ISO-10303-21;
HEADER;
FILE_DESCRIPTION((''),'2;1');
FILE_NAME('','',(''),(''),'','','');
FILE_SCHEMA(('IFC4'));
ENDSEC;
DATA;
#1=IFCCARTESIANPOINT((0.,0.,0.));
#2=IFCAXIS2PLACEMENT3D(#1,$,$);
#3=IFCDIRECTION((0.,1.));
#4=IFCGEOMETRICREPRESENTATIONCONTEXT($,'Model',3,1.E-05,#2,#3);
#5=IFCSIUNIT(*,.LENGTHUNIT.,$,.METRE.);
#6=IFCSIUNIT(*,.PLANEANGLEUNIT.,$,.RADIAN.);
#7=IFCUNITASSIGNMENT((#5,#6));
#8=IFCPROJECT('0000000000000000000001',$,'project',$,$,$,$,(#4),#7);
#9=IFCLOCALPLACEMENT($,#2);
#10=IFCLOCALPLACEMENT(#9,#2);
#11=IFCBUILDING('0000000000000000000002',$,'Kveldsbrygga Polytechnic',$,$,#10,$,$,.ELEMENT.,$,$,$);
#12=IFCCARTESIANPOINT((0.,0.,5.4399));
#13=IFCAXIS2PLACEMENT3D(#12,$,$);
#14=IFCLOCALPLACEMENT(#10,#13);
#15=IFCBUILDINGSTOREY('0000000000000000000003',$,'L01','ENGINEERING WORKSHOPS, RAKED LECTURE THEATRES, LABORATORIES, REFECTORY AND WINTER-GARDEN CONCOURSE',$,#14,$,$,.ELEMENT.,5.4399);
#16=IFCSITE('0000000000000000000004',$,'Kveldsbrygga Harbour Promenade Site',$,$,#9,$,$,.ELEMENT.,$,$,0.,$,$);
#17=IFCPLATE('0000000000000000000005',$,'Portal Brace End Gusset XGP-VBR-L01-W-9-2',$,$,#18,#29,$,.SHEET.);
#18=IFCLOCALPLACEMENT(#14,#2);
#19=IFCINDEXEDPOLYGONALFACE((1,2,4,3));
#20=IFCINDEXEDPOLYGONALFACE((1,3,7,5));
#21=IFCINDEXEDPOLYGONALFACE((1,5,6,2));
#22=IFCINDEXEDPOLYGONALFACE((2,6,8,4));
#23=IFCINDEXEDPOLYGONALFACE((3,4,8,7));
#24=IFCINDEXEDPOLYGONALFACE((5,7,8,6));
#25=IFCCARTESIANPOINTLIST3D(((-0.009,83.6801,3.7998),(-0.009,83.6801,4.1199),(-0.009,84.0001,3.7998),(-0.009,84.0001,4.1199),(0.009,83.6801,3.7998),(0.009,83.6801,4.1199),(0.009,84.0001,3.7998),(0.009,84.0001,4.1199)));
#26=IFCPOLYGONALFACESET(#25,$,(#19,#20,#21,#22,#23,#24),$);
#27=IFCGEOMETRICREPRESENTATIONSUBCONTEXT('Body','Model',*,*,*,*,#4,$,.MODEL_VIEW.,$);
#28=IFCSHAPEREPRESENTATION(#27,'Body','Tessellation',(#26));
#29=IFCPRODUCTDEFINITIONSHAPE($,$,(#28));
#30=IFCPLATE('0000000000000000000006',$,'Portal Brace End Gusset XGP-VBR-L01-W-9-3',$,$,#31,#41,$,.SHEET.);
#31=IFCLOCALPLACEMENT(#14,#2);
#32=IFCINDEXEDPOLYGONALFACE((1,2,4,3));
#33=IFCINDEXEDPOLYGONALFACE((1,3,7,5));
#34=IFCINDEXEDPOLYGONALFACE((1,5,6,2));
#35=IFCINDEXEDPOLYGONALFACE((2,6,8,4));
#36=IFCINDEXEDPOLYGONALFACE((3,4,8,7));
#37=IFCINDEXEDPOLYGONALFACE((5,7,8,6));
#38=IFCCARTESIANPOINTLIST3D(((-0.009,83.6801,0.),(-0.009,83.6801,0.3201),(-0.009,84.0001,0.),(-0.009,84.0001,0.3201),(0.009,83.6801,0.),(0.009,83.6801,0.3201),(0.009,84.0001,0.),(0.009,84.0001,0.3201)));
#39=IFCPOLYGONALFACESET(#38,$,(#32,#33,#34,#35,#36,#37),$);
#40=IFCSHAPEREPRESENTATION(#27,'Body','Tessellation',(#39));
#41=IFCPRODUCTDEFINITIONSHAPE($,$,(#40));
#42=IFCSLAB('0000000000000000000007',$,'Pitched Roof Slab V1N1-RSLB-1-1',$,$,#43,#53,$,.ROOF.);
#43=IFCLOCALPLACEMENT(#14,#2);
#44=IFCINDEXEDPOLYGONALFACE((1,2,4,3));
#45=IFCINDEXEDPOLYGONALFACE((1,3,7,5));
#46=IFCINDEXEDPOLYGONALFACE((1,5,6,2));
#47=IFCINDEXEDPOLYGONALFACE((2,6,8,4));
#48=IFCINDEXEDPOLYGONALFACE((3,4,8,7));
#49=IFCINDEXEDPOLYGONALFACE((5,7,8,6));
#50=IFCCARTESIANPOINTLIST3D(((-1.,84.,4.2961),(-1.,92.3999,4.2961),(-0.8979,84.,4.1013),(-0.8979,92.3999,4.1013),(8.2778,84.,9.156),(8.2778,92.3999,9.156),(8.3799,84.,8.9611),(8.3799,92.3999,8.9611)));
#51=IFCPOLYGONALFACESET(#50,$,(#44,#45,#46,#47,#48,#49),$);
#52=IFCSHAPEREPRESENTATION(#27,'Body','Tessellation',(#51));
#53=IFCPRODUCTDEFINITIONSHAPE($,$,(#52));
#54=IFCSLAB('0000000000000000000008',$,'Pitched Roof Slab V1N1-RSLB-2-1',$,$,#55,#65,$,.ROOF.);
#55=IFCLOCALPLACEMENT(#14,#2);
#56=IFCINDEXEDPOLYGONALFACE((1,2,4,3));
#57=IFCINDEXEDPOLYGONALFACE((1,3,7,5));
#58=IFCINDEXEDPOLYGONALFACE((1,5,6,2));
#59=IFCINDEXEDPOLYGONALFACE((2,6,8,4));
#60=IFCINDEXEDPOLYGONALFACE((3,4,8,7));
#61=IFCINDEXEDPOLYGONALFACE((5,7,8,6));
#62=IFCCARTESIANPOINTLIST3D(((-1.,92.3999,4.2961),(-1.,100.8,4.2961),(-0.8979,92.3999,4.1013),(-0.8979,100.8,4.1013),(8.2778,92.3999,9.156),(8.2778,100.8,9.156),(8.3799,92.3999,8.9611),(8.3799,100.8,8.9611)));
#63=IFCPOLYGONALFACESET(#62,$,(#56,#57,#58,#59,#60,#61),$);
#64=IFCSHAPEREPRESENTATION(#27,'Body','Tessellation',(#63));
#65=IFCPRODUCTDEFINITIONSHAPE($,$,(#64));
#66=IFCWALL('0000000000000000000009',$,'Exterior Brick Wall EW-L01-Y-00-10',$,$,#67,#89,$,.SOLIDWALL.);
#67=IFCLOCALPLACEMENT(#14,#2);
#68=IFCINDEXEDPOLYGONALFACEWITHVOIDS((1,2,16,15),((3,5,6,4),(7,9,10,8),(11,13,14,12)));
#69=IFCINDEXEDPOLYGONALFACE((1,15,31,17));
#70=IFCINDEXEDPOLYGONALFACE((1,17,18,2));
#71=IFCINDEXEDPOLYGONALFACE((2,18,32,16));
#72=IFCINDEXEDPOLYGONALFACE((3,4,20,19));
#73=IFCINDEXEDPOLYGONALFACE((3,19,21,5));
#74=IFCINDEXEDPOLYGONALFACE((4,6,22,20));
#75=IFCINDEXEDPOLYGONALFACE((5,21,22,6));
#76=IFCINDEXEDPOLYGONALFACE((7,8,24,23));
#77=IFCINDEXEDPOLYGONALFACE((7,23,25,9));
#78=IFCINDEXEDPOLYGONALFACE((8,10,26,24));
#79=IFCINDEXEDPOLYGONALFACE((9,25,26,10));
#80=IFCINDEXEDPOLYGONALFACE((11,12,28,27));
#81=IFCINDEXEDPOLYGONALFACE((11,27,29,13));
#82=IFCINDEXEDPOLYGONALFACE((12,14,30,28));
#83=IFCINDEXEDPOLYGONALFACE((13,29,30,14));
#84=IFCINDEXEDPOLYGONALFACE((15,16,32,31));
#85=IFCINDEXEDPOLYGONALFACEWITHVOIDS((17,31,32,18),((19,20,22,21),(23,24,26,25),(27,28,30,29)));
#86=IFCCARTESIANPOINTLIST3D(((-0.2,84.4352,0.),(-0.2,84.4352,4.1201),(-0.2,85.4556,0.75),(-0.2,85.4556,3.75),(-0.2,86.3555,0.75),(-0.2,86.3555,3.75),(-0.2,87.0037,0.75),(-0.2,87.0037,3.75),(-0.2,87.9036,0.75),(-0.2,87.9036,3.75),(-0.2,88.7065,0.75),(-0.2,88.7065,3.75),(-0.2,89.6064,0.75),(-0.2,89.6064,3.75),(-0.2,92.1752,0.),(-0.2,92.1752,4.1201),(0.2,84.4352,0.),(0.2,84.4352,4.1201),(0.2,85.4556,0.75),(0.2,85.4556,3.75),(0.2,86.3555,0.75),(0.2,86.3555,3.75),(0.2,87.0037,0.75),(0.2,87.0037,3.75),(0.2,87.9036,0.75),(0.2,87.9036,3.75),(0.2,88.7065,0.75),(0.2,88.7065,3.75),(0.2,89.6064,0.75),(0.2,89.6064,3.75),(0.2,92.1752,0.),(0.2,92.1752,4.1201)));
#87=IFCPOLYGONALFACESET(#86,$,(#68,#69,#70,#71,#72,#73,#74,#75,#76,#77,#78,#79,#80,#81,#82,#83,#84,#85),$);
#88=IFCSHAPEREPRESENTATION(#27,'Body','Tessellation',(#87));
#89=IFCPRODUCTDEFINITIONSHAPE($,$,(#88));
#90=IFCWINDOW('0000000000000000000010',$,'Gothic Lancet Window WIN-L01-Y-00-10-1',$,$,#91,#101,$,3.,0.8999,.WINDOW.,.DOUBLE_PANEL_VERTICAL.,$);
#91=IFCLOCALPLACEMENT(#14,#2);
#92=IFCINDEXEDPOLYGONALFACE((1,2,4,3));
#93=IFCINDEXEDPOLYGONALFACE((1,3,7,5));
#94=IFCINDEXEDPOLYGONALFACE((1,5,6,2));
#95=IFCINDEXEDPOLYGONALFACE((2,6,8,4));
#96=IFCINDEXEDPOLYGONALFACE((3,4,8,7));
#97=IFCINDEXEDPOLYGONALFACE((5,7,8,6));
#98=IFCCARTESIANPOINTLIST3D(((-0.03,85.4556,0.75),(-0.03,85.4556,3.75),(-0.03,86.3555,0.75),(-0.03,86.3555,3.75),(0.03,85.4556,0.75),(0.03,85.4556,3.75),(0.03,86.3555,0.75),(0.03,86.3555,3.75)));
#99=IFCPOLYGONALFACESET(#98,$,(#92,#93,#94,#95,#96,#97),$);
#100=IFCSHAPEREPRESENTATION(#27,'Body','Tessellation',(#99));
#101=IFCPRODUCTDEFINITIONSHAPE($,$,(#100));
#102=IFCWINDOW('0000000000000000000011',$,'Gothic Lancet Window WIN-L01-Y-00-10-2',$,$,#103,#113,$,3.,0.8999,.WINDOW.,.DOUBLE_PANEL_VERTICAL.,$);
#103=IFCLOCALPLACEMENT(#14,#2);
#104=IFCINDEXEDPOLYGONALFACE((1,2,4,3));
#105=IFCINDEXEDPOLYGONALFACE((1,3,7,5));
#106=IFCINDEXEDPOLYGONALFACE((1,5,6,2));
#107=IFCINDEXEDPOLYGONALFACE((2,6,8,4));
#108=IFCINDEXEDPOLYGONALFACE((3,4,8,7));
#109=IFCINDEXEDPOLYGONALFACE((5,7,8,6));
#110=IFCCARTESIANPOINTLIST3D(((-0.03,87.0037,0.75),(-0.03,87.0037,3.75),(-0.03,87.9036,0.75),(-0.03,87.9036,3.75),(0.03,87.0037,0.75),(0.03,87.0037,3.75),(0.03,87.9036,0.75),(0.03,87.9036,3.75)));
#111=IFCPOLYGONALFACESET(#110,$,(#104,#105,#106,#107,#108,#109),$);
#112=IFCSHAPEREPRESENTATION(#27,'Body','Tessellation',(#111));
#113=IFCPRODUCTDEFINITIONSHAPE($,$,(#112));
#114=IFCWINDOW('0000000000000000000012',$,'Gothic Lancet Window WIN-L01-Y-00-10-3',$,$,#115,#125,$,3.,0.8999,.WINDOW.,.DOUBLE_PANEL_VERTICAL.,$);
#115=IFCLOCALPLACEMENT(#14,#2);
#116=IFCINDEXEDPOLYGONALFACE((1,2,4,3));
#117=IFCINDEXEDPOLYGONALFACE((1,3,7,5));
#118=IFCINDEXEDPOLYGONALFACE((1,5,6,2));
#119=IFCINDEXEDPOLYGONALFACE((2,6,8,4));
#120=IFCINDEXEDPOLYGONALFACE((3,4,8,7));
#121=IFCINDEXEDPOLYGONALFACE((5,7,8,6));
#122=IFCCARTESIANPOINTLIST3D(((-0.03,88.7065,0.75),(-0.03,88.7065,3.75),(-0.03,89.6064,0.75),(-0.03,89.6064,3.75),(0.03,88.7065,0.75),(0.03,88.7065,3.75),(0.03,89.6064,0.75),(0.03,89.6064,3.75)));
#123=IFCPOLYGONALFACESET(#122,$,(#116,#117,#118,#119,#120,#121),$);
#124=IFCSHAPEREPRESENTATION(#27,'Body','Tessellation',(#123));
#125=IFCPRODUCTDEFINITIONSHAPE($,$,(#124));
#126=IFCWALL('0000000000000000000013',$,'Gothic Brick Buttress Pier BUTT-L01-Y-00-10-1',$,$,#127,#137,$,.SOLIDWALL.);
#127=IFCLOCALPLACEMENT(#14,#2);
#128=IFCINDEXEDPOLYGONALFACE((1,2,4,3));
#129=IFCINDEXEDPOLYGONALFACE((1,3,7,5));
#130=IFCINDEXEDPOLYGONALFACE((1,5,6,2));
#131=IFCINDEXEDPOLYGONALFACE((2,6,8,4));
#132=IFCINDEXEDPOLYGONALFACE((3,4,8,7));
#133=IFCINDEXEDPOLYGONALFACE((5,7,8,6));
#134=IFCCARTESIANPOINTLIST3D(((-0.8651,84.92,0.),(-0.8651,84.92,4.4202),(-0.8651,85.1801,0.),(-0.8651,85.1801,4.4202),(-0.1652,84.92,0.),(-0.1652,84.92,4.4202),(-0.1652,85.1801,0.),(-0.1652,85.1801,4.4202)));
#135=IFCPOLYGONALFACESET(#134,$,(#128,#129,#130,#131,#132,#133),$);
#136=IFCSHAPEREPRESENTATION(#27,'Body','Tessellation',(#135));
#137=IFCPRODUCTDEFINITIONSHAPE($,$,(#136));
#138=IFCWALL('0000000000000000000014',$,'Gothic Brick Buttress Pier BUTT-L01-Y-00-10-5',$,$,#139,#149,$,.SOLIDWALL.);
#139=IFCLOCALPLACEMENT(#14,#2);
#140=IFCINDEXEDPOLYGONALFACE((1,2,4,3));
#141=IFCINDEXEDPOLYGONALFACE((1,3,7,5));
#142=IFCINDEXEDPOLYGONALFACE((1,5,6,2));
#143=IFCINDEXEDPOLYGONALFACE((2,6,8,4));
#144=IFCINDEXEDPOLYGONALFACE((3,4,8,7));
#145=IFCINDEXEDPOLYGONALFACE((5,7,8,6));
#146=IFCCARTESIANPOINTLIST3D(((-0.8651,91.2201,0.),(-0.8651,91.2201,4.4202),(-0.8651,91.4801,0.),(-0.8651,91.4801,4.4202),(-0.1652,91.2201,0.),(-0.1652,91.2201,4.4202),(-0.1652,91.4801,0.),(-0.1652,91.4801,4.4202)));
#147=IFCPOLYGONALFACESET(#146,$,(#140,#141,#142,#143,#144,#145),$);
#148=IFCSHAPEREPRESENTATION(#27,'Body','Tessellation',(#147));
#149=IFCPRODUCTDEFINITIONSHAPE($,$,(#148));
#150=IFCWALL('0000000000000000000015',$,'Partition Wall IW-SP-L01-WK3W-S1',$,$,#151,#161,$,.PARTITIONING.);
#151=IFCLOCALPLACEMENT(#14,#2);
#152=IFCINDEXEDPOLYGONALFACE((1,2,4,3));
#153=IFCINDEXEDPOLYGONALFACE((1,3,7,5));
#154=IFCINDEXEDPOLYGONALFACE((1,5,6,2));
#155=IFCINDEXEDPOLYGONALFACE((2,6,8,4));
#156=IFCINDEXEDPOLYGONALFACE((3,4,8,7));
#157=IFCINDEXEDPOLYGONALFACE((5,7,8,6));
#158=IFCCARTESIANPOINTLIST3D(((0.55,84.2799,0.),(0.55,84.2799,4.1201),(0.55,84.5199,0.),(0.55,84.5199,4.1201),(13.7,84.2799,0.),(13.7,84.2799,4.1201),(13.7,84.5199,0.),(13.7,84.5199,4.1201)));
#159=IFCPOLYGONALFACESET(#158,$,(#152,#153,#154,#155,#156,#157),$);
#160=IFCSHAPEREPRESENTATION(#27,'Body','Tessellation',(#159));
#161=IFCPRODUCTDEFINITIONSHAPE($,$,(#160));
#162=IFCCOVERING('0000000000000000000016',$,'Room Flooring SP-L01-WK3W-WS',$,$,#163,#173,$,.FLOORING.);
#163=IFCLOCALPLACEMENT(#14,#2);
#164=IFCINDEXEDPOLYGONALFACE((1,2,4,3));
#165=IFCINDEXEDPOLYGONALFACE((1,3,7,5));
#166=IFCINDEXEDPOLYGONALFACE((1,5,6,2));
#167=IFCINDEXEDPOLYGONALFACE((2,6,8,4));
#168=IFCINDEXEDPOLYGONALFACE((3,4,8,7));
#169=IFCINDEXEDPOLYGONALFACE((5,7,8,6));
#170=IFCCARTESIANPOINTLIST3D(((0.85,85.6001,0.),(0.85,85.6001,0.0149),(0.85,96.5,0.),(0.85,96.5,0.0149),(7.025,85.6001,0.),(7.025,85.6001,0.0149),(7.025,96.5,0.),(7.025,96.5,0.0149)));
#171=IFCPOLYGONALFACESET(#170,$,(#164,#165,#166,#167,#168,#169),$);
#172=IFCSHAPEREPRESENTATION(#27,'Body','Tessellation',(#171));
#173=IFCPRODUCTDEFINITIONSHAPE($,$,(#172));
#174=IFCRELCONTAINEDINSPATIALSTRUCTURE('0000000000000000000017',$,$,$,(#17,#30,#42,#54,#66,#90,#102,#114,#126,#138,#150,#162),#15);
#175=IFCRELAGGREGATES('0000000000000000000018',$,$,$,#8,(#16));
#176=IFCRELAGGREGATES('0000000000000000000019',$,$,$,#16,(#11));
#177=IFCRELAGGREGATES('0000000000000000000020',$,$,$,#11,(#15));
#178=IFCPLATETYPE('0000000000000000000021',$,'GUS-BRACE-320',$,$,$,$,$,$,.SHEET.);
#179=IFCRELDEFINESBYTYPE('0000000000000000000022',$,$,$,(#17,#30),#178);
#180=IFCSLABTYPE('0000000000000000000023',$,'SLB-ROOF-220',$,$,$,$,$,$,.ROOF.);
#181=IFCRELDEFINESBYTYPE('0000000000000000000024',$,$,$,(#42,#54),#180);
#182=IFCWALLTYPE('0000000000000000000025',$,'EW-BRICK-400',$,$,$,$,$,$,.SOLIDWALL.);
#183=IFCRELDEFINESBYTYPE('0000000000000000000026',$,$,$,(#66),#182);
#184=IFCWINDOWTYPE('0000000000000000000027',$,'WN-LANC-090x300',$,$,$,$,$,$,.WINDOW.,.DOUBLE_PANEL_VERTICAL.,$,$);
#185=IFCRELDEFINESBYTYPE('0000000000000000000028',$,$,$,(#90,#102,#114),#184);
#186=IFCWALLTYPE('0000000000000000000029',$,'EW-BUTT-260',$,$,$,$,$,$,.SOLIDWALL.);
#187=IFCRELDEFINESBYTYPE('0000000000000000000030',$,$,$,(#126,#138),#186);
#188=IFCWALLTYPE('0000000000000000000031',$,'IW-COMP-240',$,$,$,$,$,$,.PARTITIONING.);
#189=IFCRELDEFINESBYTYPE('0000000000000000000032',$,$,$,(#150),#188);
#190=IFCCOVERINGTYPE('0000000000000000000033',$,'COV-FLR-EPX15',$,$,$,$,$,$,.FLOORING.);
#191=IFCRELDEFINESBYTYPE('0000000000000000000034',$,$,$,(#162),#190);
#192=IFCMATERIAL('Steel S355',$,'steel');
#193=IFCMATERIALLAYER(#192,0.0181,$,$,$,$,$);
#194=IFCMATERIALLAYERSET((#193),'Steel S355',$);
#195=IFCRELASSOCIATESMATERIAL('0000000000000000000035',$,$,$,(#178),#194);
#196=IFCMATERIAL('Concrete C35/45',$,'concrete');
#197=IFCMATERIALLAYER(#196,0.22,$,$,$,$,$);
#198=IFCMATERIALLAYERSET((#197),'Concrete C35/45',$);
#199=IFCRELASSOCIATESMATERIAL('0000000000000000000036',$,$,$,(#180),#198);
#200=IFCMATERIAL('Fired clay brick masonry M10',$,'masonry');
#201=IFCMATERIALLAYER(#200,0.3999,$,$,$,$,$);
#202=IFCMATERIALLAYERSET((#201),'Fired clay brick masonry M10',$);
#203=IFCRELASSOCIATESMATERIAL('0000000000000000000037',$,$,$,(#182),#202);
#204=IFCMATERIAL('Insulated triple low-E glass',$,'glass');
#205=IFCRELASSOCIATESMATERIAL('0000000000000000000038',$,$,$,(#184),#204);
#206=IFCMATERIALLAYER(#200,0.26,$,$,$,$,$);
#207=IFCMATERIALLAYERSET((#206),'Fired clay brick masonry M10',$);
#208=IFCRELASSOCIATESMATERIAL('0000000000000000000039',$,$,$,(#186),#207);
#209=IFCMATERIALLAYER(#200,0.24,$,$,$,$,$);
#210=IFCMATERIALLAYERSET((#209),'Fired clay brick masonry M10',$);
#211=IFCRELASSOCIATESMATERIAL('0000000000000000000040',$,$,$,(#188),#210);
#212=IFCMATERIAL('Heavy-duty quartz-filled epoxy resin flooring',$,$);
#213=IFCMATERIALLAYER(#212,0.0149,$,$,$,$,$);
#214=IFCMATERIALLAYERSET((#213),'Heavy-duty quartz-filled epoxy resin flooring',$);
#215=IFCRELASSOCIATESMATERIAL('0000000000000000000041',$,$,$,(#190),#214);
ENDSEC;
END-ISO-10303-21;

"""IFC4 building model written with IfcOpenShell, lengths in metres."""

from ifc_helpers import new_model, si_unit, direction, frame, frame_2d, origin, origin_2d, place, context, subcontext, project, spatial, polyline, rectangle, outline, extrude, material, layer, layer_set, type_object, element, fill, save


model = new_model("IFC4")

# Units and contexts
model_context = context("Model", 3, precision=1e-05, world=origin(), true_north=direction((0.0, 1.0)))
body_context = subcontext(model_context, "Body", "Model", "MODEL_VIEW")
ifc_project = project(units=[si_unit("LENGTHUNIT", "METRE"), si_unit("PLANEANGLEUNIT", "RADIAN")], contexts=[model_context])

# Site, building, storey
site_placement = place(None, origin())
site = spatial("IfcSite", under=ifc_project, at=site_placement, Name="Kveldsbrygga Harbour Promenade Site", CompositionType="ELEMENT", RefElevation=0.0)
building_placement = place(site_placement, origin())
building = spatial("IfcBuilding", under=site, at=building_placement, Name="Kveldsbrygga Polytechnic", CompositionType="ELEMENT")
storey_placement = place(building_placement, frame((0.0, 0.0, 5.4399)))
storey = spatial("IfcBuildingStorey", under=building, at=storey_placement, Name="L01", Description="ENGINEERING WORKSHOPS, RAKED LECTURE THEATRES, LABORATORIES, REFECTORY AND WINTER-GARDEN CONCOURSE", CompositionType="ELEMENT", Elevation=5.4399)

# Shared definitions
ifc_material_1 = material(Name="Steel S355", Category="steel")

# Plates
ifc_layer_1 = layer(ifc_material_1, 0.0181)
ifc_layer_set_1 = layer_set([ifc_layer_1], Name="Steel S355")
plate_type_1 = type_object("IfcPlateType", Name="GUS-BRACE-320", PredefinedType="SHEET", material=ifc_layer_set_1)
for number, where, z_axis, x_axis, name in (
    (1, (0.0, 83.8401, 3.7998), (0.0, 0.0, 1.0), (1.0, 0.0, 0.0), "Portal Brace End Gusset XGP-VBR-L01-W-9-2"),
    (2, (0.0, 83.8401, 0.0), (0.0, 0.0, 1.0), (1.0, 0.0, 0.0), "Portal Brace End Gusset XGP-VBR-L01-W-9-3"),
):
    element("IfcPlate", number, at=place(storey_placement, frame(where, z_axis=z_axis, x_axis=x_axis)), inside=storey, type_object=plate_type_1, Name=name, PredefinedType="SHEET", context=body_context, shape_type="SweptSolid", body=[
        extrude(rectangle(XDim=0.0181, YDim=0.3201, at=origin_2d()), origin(), (0.0, 0.0, 1.0), 0.3201),
    ])

# Slabs
ifc_material_2 = material(Name="Concrete C35/45", Category="concrete")
ifc_layer_2 = layer(ifc_material_2, 0.22)
ifc_layer_set_2 = layer_set([ifc_layer_2], Name="Concrete C35/45")
slab_type = type_object("IfcSlabType", Name="SLB-ROOF-220", PredefinedType="ROOF", material=ifc_layer_set_2)
slab_1_placement = place(storey_placement, frame((-1.0, 84.0, 4.2961), z_axis=(-0.46401, 0.0, 0.88583), x_axis=(0.88583, 0.0, 0.46401)))
element("IfcSlab", 3, at=slab_1_placement, inside=storey, type_object=slab_type, Name="Pitched Roof Slab V1N1-RSLB-1-1", PredefinedType="ROOF", context=body_context, shape_type="SweptSolid", body=[
    extrude(outline(polyline([(0.0, 0.0), (10.4736, 0.0), (10.4736, 8.3999), (0.0, 8.3999), (0.0, 0.0)])), origin(), (0.0, 0.0, -1.0), 0.22),
])
slab_2_placement = place(storey_placement, frame((-1.0, 92.3999, 4.2961), z_axis=(-0.46401, 0.0, 0.88583), x_axis=(0.88583, 0.0, 0.46401)))
element("IfcSlab", 4, at=slab_2_placement, inside=storey, type_object=slab_type, Name="Pitched Roof Slab V1N1-RSLB-2-1", PredefinedType="ROOF", context=body_context, shape_type="SweptSolid", body=[
    extrude(outline(polyline([(0.0, 0.0), (10.4736, 0.0), (10.4736, 8.4001), (0.0, 8.4001), (0.0, 0.0)])), origin(), (0.0, 0.0, -1.0), 0.22),
])

# Wall, openings, windows
ifc_material_3 = material(Name="Fired clay brick masonry M10", Category="masonry")
ifc_layer_3 = layer(ifc_material_3, 0.3999)
ifc_layer_set_3 = layer_set([ifc_layer_3], Name="Fired clay brick masonry M10")
wall_type_1 = type_object("IfcWallType", Name="EW-BRICK-400", PredefinedType="SOLIDWALL", material=ifc_layer_set_3)
wall_1_placement = place(storey_placement, frame((0.0, 84.4351, 0.0), z_axis=(0.0, 0.0, 1.0), x_axis=(0.0, 1.0, 0.0)))
wall_1 = element("IfcWall", 5, at=wall_1_placement, inside=storey, type_object=wall_type_1, Name="Exterior Brick Wall EW-L01-Y-00-10", PredefinedType="SOLIDWALL", context=body_context, shape_type="SweptSolid", body=[
    extrude(rectangle(XDim=7.74, YDim=0.3999, at=frame_2d((3.8701, 0.0))), origin(), (0.0, 0.0, 1.0), 4.1201),
])
opening_1_placement = place(wall_1_placement, frame((1.0205, 0.0, 0.75)))
opening_1 = element("IfcOpeningElement", 6, at=opening_1_placement, cuts=wall_1, PredefinedType="OPENING", context=body_context, shape_type="SweptSolid", body=[
    extrude(rectangle(XDim=0.8999, YDim=3.0, at=frame_2d((0.45, 1.5))), frame((0.0, 0.21, 0.0), z_axis=(0.0, -1.0, 0.0), x_axis=(1.0, 0.0, 0.0)), (0.0, 0.0, 1.0), 0.4199),
])
opening_2_placement = place(wall_1_placement, frame((2.5686, 0.0, 0.75)))
opening_2 = element("IfcOpeningElement", 7, at=opening_2_placement, cuts=wall_1, PredefinedType="OPENING", context=body_context, shape_type="SweptSolid", body=[
    extrude(rectangle(XDim=0.8999, YDim=3.0, at=frame_2d((0.45, 1.5))), frame((0.0, 0.21, 0.0), z_axis=(0.0, -1.0, 0.0), x_axis=(1.0, 0.0, 0.0)), (0.0, 0.0, 1.0), 0.4199),
])
opening_3_placement = place(wall_1_placement, frame((4.2715, 0.0, 0.75)))
opening_3 = element("IfcOpeningElement", 8, at=opening_3_placement, cuts=wall_1, PredefinedType="OPENING", context=body_context, shape_type="SweptSolid", body=[
    extrude(rectangle(XDim=0.8999, YDim=3.0, at=frame_2d((0.45, 1.5))), frame((0.0, 0.21, 0.0), z_axis=(0.0, -1.0, 0.0), x_axis=(1.0, 0.0, 0.0)), (0.0, 0.0, 1.0), 0.4199),
])
ifc_material_4 = material(Name="Insulated triple low-E glass", Category="glass")
window_type = type_object("IfcWindowType", Name="WN-LANC-090x300", PartitioningType="DOUBLE_PANEL_VERTICAL", PredefinedType="WINDOW", material=ifc_material_4)
window_1_placement = place(opening_1_placement, origin())
window_1 = element("IfcWindow", 9, at=window_1_placement, inside=storey, type_object=window_type, Name="Gothic Lancet Window WIN-L01-Y-00-10-1", OverallHeight=3.0, OverallWidth=0.8999, PartitioningType="DOUBLE_PANEL_VERTICAL", PredefinedType="WINDOW", context=body_context, shape_type="SweptSolid", body=[
    extrude(rectangle(XDim=0.8999, YDim=3.0, at=frame_2d((0.45, 1.5))), frame((0.0, 0.03, 0.0), z_axis=(0.0, -1.0, 0.0), x_axis=(1.0, 0.0, 0.0)), (0.0, 0.0, 1.0), 0.0601),
])
fill(opening_1, window_1)
window_2_placement = place(opening_2_placement, origin())
window_2 = element("IfcWindow", 10, at=window_2_placement, inside=storey, type_object=window_type, Name="Gothic Lancet Window WIN-L01-Y-00-10-2", OverallHeight=3.0, OverallWidth=0.8999, PartitioningType="DOUBLE_PANEL_VERTICAL", PredefinedType="WINDOW", context=body_context, shape_type="SweptSolid", body=[
    extrude(rectangle(XDim=0.8999, YDim=3.0, at=frame_2d((0.45, 1.5))), frame((0.0, 0.03, 0.0), z_axis=(0.0, -1.0, 0.0), x_axis=(1.0, 0.0, 0.0)), (0.0, 0.0, 1.0), 0.0601),
])
fill(opening_2, window_2)
window_3_placement = place(opening_3_placement, origin())
window_3 = element("IfcWindow", 11, at=window_3_placement, inside=storey, type_object=window_type, Name="Gothic Lancet Window WIN-L01-Y-00-10-3", OverallHeight=3.0, OverallWidth=0.8999, PartitioningType="DOUBLE_PANEL_VERTICAL", PredefinedType="WINDOW", context=body_context, shape_type="SweptSolid", body=[
    extrude(rectangle(XDim=0.8999, YDim=3.0, at=frame_2d((0.45, 1.5))), frame((0.0, 0.03, 0.0), z_axis=(0.0, -1.0, 0.0), x_axis=(1.0, 0.0, 0.0)), (0.0, 0.0, 1.0), 0.0601),
])
fill(opening_3, window_3)

# Walls
ifc_layer_4 = layer(ifc_material_3, 0.26)
ifc_layer_set_4 = layer_set([ifc_layer_4], Name="Fired clay brick masonry M10")
wall_type_2 = type_object("IfcWallType", Name="EW-BUTT-260", PredefinedType="SOLIDWALL", material=ifc_layer_set_4)
for number, where, z_axis, x_axis, name in (
    (12, (-0.165, 85.05, 0.0), (0.0, 0.0, 1.0), (-1.0, 0.0, 0.0), "Gothic Brick Buttress Pier BUTT-L01-Y-00-10-1"),
    (13, (-0.165, 91.3501, 0.0), (0.0, 0.0, 1.0), (-1.0, 0.0, 0.0), "Gothic Brick Buttress Pier BUTT-L01-Y-00-10-5"),
):
    element("IfcWall", number, at=place(storey_placement, frame(where, z_axis=z_axis, x_axis=x_axis)), inside=storey, type_object=wall_type_2, Name=name, PredefinedType="SOLIDWALL", context=body_context, shape_type="SweptSolid", body=[
        extrude(rectangle(XDim=0.7, YDim=0.26, at=frame_2d((0.3501, 0.0))), origin(), (0.0, 0.0, 1.0), 4.4202),
    ])
ifc_layer_5 = layer(ifc_material_3, 0.24)
ifc_layer_set_5 = layer_set([ifc_layer_5], Name="Fired clay brick masonry M10")
wall_type_3 = type_object("IfcWallType", Name="IW-COMP-240", PredefinedType="PARTITIONING", material=ifc_layer_set_5)
wall_2_placement = place(storey_placement, frame((0.55, 84.3999, 0.0), z_axis=(0.0, 0.0, 1.0), x_axis=(1.0, 0.0, 0.0)))
element("IfcWall", 14, at=wall_2_placement, inside=storey, type_object=wall_type_3, Name="Partition Wall IW-SP-L01-WK3W-S1", PredefinedType="PARTITIONING", context=body_context, shape_type="SweptSolid", body=[
    extrude(rectangle(XDim=13.1499, YDim=0.24, at=frame_2d((6.575, 0.0))), origin(), (0.0, 0.0, 1.0), 4.1201),
])

# Covering
ifc_material_5 = material(Name="Heavy-duty quartz-filled epoxy resin flooring")
ifc_layer_6 = layer(ifc_material_5, 0.0149)
ifc_layer_set_6 = layer_set([ifc_layer_6], Name="Heavy-duty quartz-filled epoxy resin flooring")
covering_type = type_object("IfcCoveringType", Name="COV-FLR-EPX15", PredefinedType="FLOORING", material=ifc_layer_set_6)
covering_placement = place(storey_placement, frame((3.9375, 91.05, 0.0), z_axis=(0.0, 0.0, 1.0), x_axis=(1.0, 0.0, 0.0)))
element("IfcCovering", 15, at=covering_placement, inside=storey, type_object=covering_type, Name="Room Flooring SP-L01-WK3W-WS", PredefinedType="FLOORING", context=body_context, shape_type="SweptSolid", body=[
    extrude(rectangle(XDim=6.175, YDim=10.8999, at=origin_2d()), origin(), (0.0, 0.0, 1.0), 0.0149),
])

save(model, "model.ifc")
